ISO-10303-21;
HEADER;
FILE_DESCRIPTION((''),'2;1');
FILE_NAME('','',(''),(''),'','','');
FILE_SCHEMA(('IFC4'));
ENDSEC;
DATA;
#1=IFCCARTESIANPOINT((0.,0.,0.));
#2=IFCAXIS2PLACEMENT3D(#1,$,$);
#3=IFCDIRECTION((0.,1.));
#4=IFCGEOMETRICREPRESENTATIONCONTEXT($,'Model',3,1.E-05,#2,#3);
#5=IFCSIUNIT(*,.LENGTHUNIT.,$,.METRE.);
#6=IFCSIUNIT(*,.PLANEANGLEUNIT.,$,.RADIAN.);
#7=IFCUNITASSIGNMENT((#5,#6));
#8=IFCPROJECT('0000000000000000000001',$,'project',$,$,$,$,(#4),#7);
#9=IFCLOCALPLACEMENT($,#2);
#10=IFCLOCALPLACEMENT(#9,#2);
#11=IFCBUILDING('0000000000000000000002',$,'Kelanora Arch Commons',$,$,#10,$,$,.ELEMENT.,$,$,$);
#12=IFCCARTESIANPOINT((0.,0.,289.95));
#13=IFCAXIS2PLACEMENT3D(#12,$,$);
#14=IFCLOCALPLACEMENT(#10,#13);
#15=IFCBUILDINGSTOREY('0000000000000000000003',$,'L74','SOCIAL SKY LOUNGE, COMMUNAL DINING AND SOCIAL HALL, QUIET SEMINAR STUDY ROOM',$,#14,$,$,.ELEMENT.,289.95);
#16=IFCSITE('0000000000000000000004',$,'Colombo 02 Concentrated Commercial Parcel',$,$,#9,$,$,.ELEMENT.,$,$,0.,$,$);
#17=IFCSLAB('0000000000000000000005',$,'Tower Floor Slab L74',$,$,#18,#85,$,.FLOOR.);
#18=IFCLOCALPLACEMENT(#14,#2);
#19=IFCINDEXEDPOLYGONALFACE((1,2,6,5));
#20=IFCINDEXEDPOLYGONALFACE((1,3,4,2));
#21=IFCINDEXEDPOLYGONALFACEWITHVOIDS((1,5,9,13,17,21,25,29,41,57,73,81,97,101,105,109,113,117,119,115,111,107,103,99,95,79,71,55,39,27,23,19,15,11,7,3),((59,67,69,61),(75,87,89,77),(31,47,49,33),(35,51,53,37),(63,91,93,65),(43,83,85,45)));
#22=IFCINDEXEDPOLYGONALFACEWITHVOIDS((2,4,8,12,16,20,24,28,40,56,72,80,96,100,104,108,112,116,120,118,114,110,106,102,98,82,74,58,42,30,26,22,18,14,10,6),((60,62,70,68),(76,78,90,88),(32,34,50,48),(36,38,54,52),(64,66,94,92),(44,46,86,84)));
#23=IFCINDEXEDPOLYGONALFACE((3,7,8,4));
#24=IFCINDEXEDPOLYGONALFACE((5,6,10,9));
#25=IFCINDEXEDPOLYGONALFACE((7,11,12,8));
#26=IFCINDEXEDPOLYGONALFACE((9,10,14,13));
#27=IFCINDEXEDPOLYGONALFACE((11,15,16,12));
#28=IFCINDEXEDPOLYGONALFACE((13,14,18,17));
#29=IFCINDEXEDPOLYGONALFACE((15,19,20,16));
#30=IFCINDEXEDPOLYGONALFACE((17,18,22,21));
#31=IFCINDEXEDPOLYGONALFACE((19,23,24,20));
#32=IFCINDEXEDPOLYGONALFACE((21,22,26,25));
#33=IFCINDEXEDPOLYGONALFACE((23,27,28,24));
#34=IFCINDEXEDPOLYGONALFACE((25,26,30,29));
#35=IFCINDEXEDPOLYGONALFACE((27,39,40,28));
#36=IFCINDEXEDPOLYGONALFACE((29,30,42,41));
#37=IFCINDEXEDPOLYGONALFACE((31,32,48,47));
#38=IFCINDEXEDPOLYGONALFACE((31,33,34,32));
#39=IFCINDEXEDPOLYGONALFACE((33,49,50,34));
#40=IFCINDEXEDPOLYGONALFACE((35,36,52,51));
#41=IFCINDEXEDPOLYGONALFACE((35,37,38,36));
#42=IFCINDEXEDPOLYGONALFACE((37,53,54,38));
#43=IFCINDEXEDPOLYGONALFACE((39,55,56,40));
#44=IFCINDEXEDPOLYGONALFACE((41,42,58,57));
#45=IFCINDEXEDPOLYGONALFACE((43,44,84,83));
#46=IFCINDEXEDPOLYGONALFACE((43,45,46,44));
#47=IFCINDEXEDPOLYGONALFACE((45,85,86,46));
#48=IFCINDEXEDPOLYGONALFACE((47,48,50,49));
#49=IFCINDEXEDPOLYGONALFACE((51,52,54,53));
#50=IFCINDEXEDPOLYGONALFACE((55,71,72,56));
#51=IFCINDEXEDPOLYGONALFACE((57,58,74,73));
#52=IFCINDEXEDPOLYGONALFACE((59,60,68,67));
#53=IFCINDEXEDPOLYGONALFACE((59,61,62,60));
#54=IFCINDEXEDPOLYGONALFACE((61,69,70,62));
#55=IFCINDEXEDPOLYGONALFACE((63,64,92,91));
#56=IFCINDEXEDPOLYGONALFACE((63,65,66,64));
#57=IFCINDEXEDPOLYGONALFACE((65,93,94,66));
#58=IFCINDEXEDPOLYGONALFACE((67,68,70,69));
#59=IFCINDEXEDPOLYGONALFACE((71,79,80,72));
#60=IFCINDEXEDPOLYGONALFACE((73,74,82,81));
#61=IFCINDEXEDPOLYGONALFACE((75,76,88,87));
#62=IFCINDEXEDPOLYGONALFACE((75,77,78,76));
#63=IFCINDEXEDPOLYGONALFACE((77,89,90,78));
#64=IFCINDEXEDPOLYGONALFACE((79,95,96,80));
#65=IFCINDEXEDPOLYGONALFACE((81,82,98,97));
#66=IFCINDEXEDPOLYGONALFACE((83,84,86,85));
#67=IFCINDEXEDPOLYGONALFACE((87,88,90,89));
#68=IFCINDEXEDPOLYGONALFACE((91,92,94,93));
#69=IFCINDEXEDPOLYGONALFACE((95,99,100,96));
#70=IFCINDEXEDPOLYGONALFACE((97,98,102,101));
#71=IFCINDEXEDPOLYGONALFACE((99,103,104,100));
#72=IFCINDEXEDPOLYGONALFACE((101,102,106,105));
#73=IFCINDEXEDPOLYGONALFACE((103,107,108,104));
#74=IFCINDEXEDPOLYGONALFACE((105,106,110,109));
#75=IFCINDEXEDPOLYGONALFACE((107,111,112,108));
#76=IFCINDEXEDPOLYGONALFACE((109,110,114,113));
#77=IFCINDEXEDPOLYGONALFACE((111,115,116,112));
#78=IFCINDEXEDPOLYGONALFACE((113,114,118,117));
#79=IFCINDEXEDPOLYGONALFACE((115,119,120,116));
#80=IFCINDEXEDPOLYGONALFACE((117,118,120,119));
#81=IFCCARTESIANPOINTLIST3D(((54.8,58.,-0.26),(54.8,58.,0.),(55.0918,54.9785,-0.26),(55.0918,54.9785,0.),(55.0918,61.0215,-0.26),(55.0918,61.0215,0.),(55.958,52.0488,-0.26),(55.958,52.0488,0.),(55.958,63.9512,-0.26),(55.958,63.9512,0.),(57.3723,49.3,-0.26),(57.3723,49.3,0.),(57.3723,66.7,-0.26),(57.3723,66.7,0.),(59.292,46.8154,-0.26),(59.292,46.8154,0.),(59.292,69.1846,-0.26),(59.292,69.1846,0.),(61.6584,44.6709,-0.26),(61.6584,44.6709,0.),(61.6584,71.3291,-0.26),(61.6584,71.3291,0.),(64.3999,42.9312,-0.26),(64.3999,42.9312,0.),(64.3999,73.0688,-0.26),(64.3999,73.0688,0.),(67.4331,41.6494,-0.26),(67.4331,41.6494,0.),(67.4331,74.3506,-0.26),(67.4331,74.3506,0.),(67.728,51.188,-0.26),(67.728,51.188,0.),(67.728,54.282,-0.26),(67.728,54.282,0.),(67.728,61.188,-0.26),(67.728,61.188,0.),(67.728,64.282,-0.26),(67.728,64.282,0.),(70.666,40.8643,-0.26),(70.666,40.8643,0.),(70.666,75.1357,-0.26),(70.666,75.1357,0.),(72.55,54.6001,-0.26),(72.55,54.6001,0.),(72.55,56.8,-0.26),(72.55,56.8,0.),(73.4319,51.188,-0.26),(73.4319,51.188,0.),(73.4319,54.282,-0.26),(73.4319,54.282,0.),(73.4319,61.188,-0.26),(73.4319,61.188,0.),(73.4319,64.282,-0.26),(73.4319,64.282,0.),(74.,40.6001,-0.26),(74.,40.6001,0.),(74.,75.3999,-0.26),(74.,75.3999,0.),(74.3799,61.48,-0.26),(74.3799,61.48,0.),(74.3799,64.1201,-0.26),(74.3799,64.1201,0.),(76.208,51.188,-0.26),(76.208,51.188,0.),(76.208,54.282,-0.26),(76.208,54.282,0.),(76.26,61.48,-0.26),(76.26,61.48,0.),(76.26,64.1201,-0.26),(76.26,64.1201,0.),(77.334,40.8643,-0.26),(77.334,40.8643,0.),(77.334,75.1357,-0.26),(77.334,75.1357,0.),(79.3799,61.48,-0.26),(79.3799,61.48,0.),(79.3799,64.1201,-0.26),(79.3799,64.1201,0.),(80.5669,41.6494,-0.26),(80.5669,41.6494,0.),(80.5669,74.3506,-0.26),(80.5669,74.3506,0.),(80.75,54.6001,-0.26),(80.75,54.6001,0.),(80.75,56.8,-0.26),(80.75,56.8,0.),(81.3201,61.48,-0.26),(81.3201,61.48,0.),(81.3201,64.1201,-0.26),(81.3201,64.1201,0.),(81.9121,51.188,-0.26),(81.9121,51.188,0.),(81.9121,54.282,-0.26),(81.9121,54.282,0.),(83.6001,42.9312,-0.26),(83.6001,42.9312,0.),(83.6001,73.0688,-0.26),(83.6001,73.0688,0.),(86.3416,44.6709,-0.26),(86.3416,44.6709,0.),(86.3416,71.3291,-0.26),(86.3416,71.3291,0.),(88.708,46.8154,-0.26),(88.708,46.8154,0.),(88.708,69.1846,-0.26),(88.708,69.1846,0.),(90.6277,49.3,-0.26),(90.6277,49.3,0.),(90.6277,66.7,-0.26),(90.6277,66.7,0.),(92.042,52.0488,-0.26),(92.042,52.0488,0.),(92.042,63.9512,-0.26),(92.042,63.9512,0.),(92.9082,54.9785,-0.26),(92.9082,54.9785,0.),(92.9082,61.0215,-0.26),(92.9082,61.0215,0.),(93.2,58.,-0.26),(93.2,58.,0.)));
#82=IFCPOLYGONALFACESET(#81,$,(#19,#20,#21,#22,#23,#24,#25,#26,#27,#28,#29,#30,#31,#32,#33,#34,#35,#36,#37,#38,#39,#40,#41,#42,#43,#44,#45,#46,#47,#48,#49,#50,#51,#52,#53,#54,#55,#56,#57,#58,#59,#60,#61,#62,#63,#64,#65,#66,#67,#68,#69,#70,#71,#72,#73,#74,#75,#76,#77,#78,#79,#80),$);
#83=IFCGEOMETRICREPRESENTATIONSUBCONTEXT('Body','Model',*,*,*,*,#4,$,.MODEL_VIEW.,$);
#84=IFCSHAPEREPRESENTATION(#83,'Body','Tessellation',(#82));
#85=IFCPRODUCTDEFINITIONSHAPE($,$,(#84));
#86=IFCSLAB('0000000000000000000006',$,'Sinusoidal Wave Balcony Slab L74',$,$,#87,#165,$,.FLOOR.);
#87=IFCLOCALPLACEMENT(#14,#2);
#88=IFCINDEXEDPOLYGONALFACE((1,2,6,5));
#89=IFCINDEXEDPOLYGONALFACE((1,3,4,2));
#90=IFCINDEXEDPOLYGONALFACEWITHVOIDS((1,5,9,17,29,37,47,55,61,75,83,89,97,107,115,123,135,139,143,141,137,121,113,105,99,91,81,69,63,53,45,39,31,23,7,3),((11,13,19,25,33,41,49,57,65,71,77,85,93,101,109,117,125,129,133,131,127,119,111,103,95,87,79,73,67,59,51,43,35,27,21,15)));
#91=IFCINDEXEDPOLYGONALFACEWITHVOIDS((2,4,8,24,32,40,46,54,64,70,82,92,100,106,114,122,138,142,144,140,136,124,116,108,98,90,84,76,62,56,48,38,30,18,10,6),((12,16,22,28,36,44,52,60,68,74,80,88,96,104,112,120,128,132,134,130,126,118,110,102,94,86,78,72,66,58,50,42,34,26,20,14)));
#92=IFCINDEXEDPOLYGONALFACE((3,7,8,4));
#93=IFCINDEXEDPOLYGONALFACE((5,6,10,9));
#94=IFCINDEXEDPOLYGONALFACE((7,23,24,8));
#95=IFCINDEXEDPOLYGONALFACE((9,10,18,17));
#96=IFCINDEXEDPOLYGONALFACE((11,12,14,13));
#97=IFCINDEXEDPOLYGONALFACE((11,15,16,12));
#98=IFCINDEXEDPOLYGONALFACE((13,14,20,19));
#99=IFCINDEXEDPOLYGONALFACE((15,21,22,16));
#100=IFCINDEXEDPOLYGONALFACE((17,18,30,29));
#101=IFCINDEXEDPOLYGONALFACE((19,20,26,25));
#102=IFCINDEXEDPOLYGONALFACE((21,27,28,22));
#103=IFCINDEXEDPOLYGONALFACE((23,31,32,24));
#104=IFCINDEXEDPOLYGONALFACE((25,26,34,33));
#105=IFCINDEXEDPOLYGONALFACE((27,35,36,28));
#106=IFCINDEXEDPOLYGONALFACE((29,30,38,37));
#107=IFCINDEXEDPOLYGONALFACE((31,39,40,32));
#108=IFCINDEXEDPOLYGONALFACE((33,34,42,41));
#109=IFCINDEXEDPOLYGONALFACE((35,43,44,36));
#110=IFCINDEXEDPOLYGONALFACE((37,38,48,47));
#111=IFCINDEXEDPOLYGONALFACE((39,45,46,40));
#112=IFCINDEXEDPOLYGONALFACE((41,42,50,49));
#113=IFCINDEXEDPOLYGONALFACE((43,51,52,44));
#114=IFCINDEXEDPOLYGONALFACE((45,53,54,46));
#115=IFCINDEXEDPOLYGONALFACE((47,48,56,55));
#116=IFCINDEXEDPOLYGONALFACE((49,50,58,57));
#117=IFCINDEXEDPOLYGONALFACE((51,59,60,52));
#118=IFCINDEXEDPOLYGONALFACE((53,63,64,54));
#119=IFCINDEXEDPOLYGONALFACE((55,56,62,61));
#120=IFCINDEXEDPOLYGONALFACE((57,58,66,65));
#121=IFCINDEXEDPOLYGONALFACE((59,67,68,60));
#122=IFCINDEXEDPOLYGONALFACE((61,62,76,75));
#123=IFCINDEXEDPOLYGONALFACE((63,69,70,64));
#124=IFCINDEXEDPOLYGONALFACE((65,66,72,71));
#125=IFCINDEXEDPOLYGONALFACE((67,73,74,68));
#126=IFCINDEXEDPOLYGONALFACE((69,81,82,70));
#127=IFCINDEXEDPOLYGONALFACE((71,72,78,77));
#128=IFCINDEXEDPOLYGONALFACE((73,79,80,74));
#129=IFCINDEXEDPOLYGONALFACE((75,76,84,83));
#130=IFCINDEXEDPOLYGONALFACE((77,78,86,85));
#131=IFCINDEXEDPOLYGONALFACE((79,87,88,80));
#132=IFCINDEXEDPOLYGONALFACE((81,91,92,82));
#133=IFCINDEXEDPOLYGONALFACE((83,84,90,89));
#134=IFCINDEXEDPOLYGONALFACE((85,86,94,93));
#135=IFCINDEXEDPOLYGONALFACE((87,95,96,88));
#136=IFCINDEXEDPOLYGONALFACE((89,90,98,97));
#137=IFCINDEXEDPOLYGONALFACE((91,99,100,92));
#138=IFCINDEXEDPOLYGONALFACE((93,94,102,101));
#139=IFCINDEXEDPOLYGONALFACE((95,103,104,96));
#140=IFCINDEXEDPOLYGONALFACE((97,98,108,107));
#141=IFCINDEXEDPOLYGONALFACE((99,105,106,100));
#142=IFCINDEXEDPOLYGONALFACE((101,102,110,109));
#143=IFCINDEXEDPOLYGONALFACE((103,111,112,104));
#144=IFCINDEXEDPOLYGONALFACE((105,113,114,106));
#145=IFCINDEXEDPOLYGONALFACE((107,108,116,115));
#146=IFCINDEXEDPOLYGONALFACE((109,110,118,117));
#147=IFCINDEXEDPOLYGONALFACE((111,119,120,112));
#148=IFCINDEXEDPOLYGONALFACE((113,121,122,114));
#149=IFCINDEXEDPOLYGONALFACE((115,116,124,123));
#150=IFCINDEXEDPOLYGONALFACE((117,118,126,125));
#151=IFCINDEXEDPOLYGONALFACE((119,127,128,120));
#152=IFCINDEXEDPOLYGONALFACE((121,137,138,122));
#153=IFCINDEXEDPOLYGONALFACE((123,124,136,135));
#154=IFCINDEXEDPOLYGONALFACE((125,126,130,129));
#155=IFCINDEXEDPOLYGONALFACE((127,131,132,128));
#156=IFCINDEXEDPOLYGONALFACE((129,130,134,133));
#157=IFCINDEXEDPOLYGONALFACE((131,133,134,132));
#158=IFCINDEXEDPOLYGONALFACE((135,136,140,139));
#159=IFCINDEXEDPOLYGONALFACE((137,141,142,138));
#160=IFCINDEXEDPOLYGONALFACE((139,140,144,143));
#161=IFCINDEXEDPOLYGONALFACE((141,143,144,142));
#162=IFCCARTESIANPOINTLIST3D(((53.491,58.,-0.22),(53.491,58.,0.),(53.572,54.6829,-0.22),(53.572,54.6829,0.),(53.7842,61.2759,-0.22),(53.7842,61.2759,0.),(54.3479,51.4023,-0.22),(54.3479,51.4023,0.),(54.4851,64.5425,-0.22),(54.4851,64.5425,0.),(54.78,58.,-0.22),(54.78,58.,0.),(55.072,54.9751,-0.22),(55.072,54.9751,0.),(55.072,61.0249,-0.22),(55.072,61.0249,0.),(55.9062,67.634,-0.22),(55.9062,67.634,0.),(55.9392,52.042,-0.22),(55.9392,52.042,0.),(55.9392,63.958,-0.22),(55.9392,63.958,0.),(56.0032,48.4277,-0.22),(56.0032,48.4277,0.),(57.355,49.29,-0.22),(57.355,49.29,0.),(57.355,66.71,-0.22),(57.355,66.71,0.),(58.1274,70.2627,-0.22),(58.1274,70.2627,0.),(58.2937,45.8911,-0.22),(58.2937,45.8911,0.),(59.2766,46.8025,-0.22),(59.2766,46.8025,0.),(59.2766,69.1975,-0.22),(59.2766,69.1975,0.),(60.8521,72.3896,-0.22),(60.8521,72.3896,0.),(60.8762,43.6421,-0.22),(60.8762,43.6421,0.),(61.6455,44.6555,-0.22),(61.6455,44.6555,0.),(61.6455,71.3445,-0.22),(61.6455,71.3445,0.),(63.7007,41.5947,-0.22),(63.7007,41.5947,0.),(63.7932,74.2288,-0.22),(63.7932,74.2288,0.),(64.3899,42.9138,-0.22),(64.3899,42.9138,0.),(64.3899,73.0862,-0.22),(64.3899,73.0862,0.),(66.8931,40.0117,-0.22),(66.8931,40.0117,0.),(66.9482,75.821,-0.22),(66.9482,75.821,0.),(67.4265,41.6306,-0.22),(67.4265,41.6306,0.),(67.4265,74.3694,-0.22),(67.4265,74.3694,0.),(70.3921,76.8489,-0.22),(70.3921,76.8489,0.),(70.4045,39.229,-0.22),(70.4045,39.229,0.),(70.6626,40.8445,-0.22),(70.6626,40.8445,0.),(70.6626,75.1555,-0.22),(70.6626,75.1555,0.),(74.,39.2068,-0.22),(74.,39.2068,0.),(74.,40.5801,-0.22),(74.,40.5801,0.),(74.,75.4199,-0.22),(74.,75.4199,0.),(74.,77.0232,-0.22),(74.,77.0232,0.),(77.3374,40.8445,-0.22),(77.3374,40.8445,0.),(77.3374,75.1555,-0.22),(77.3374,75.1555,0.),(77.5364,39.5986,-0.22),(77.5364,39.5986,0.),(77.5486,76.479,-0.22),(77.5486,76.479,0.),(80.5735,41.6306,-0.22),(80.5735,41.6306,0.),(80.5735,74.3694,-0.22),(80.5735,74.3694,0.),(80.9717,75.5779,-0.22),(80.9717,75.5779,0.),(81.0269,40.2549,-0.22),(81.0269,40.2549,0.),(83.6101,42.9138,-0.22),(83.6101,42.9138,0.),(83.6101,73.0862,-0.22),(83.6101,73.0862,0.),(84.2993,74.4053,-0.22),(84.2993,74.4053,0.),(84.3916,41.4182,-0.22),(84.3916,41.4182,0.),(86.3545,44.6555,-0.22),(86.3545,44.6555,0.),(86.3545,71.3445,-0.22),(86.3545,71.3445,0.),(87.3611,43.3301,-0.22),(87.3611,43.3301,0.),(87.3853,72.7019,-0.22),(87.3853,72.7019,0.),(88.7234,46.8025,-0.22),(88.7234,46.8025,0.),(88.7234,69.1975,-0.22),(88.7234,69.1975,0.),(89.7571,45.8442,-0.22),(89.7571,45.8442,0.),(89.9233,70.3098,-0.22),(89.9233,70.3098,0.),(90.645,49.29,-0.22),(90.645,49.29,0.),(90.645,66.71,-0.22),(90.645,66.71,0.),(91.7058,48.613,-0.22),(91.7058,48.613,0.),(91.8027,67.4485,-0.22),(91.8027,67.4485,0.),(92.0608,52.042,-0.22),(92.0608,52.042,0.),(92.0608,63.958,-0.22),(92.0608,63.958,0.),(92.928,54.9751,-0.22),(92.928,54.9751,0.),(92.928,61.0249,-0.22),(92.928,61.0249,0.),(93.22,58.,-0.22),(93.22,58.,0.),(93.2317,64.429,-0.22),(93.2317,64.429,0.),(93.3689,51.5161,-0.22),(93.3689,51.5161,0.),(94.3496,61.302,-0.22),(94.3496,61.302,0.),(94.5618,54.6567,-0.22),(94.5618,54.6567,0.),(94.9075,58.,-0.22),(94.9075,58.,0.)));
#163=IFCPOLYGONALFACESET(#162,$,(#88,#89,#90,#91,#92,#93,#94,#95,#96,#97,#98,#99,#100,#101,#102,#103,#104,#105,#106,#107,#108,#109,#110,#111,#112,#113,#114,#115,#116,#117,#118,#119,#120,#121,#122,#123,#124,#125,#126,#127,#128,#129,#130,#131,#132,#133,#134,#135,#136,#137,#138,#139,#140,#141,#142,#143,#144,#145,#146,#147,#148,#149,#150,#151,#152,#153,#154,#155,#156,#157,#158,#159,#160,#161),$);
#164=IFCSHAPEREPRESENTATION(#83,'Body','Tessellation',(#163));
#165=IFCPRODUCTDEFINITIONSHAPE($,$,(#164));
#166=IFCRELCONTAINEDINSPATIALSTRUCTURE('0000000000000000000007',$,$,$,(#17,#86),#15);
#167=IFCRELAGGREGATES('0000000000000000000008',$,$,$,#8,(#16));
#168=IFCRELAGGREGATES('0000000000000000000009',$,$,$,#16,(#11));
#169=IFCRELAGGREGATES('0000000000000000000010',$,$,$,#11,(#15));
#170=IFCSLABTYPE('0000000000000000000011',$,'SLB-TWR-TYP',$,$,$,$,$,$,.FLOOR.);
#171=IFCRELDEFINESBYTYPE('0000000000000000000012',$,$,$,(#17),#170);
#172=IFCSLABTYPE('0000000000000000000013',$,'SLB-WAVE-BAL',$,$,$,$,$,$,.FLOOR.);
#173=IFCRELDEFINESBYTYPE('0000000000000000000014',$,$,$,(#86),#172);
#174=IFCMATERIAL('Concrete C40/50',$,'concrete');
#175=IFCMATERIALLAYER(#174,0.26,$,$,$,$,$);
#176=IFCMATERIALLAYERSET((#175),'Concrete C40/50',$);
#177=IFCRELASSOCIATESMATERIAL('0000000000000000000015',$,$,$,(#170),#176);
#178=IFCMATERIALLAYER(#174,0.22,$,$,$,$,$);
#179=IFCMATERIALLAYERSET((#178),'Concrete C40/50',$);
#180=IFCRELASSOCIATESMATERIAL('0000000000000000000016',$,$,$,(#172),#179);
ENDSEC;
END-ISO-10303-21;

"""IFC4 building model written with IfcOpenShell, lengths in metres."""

from ifc_helpers import new_model, si_unit, direction, frame, origin, place, context, subcontext, project, spatial, polyline, outline, extrude, material, layer, layer_set, type_object, element, save


model = new_model("IFC4")

# Units and contexts
model_context = context("Model", 3, precision=1e-05, world=origin(), true_north=direction((0.0, 1.0)))
body_context = subcontext(model_context, "Body", "Model", "MODEL_VIEW")
ifc_project = project(units=[si_unit("LENGTHUNIT", "METRE"), si_unit("PLANEANGLEUNIT", "RADIAN")], contexts=[model_context])

# Site, building, storey
site_placement = place(None, origin())
site = spatial("IfcSite", under=ifc_project, at=site_placement, Name="Colombo 02 Concentrated Commercial Parcel", CompositionType="ELEMENT", RefElevation=0.0)
building_placement = place(site_placement, origin())
building = spatial("IfcBuilding", under=site, at=building_placement, Name="Kelanora Arch Commons", CompositionType="ELEMENT")
storey_placement = place(building_placement, frame((0.0, 0.0, 289.95)))
storey = spatial("IfcBuildingStorey", under=building, at=storey_placement, Name="L74", Description="SOCIAL SKY LOUNGE, COMMUNAL DINING AND SOCIAL HALL, QUIET SEMINAR STUDY ROOM", CompositionType="ELEMENT", Elevation=289.95)

# Shared definitions
ifc_material_1 = material(Name="Concrete C40/50", Category="concrete")

# Slabs
ifc_layer_1 = layer(ifc_material_1, 0.26)
ifc_layer_set_1 = layer_set([ifc_layer_1], Name="Concrete C40/50")
slab_type_1 = type_object("IfcSlabType", Name="SLB-TWR-TYP", PredefinedType="FLOOR", material=ifc_layer_set_1)
slab_1_placement = place(storey_placement, frame((0.0, 0.0, -0.26)))
element("IfcSlab", 1, at=slab_1_placement, inside=storey, type_object=slab_type_1, Name="Tower Floor Slab L74", PredefinedType="FLOOR", context=body_context, shape_type="SweptSolid", body=[
    extrude(outline(polyline([(93.2, 58.0), (92.9082, 61.0215), (92.042, 63.9512), (90.6277, 66.7), (88.708, 69.1846), (86.3416, 71.3291), (83.6001, 73.0688), (80.5669, 74.3506), (77.334, 75.1357), (74.0, 75.3999), (70.666, 75.1357), (67.4331, 74.3506), (64.3999, 73.0688), (61.6584, 71.3291), (59.292, 69.1846), (57.3723, 66.7), (55.958, 63.9512), (55.0918, 61.0215), (54.8, 58.0), (55.0918, 54.9785), (55.958, 52.0488), (57.3723, 49.3), (59.292, 46.8154), (61.6584, 44.6709), (64.3999, 42.9312), (67.4331, 41.6494), (70.666, 40.8643), (74.0, 40.6001), (77.334, 40.8643), (80.5669, 41.6494), (83.6001, 42.9312), (86.3416, 44.6709), (88.708, 46.8154), (90.6277, 49.3), (92.042, 52.0488), (92.9082, 54.9785), (93.2, 58.0)]), holes=[polyline([(73.4319, 51.188), (67.728, 51.188), (67.728, 54.282), (73.4319, 54.282), (73.4319, 51.188)]), polyline([(76.208, 51.188), (76.208, 54.282), (81.9121, 54.282), (81.9121, 51.188), (76.208, 51.188)]), polyline([(72.55, 54.6001), (72.55, 56.8), (80.75, 56.8), (80.75, 54.6001), (72.55, 54.6001)]), polyline([(73.4319, 61.188), (67.728, 61.188), (67.728, 64.282), (73.4319, 64.282), (73.4319, 61.188)]), polyline([(74.3799, 61.48), (74.3799, 64.1201), (76.26, 64.1201), (76.26, 61.48), (74.3799, 61.48)]), polyline([(79.3799, 61.48), (79.3799, 64.1201), (81.3201, 64.1201), (81.3201, 61.48), (79.3799, 61.48)])]), origin(), (0.0, 0.0, 1.0), 0.26),
])
ifc_layer_2 = layer(ifc_material_1, 0.22)
ifc_layer_set_2 = layer_set([ifc_layer_2], Name="Concrete C40/50")
slab_type_2 = type_object("IfcSlabType", Name="SLB-WAVE-BAL", PredefinedType="FLOOR", material=ifc_layer_set_2)
slab_2_placement = place(storey_placement, frame((0.0, 0.0, -0.22)))
element("IfcSlab", 2, at=slab_2_placement, inside=storey, type_object=slab_type_2, Name="Sinusoidal Wave Balcony Slab L74", PredefinedType="FLOOR", context=body_context, shape_type="SweptSolid", body=[
    extrude(outline(polyline([(94.9075, 58.0), (94.3496, 61.302), (93.2317, 64.429), (91.8027, 67.4485), (89.9233, 70.3098), (87.3853, 72.7019), (84.2993, 74.4053), (80.9717, 75.5779), (77.5486, 76.479), (74.0, 77.0232), (70.3921, 76.8489), (66.9482, 75.821), (63.7932, 74.2288), (60.8521, 72.3896), (58.1274, 70.2627), (55.9062, 67.634), (54.4851, 64.5425), (53.7842, 61.2759), (53.491, 58.0), (53.572, 54.6829), (54.3479, 51.4023), (56.0032, 48.4277), (58.2937, 45.8911), (60.8762, 43.6421), (63.7007, 41.5947), (66.8931, 40.0117), (70.4045, 39.229), (74.0, 39.2068), (77.5364, 39.5986), (81.0269, 40.2549), (84.3916, 41.4182), (87.3611, 43.3301), (89.7571, 45.8442), (91.7058, 48.613), (93.3689, 51.5161), (94.5618, 54.6567), (94.9075, 58.0)]), holes=[polyline([(92.928, 54.9751), (92.0608, 52.042), (90.645, 49.29), (88.7234, 46.8025), (86.3545, 44.6555), (83.6101, 42.9138), (80.5735, 41.6306), (77.3374, 40.8445), (74.0, 40.5801), (70.6626, 40.8445), (67.4265, 41.6306), (64.3899, 42.9138), (61.6455, 44.6555), (59.2766, 46.8025), (57.355, 49.29), (55.9392, 52.042), (55.072, 54.9751), (54.78, 58.0), (55.072, 61.0249), (55.9392, 63.958), (57.355, 66.71), (59.2766, 69.1975), (61.6455, 71.3445), (64.3899, 73.0862), (67.4265, 74.3694), (70.6626, 75.1555), (74.0, 75.4199), (77.3374, 75.1555), (80.5735, 74.3694), (83.6101, 73.0862), (86.3545, 71.3445), (88.7234, 69.1975), (90.645, 66.71), (92.0608, 63.958), (92.928, 61.0249), (93.22, 58.0), (92.928, 54.9751)])]), origin(), (0.0, 0.0, 1.0), 0.22),
])

save(model, "model.ifc")
